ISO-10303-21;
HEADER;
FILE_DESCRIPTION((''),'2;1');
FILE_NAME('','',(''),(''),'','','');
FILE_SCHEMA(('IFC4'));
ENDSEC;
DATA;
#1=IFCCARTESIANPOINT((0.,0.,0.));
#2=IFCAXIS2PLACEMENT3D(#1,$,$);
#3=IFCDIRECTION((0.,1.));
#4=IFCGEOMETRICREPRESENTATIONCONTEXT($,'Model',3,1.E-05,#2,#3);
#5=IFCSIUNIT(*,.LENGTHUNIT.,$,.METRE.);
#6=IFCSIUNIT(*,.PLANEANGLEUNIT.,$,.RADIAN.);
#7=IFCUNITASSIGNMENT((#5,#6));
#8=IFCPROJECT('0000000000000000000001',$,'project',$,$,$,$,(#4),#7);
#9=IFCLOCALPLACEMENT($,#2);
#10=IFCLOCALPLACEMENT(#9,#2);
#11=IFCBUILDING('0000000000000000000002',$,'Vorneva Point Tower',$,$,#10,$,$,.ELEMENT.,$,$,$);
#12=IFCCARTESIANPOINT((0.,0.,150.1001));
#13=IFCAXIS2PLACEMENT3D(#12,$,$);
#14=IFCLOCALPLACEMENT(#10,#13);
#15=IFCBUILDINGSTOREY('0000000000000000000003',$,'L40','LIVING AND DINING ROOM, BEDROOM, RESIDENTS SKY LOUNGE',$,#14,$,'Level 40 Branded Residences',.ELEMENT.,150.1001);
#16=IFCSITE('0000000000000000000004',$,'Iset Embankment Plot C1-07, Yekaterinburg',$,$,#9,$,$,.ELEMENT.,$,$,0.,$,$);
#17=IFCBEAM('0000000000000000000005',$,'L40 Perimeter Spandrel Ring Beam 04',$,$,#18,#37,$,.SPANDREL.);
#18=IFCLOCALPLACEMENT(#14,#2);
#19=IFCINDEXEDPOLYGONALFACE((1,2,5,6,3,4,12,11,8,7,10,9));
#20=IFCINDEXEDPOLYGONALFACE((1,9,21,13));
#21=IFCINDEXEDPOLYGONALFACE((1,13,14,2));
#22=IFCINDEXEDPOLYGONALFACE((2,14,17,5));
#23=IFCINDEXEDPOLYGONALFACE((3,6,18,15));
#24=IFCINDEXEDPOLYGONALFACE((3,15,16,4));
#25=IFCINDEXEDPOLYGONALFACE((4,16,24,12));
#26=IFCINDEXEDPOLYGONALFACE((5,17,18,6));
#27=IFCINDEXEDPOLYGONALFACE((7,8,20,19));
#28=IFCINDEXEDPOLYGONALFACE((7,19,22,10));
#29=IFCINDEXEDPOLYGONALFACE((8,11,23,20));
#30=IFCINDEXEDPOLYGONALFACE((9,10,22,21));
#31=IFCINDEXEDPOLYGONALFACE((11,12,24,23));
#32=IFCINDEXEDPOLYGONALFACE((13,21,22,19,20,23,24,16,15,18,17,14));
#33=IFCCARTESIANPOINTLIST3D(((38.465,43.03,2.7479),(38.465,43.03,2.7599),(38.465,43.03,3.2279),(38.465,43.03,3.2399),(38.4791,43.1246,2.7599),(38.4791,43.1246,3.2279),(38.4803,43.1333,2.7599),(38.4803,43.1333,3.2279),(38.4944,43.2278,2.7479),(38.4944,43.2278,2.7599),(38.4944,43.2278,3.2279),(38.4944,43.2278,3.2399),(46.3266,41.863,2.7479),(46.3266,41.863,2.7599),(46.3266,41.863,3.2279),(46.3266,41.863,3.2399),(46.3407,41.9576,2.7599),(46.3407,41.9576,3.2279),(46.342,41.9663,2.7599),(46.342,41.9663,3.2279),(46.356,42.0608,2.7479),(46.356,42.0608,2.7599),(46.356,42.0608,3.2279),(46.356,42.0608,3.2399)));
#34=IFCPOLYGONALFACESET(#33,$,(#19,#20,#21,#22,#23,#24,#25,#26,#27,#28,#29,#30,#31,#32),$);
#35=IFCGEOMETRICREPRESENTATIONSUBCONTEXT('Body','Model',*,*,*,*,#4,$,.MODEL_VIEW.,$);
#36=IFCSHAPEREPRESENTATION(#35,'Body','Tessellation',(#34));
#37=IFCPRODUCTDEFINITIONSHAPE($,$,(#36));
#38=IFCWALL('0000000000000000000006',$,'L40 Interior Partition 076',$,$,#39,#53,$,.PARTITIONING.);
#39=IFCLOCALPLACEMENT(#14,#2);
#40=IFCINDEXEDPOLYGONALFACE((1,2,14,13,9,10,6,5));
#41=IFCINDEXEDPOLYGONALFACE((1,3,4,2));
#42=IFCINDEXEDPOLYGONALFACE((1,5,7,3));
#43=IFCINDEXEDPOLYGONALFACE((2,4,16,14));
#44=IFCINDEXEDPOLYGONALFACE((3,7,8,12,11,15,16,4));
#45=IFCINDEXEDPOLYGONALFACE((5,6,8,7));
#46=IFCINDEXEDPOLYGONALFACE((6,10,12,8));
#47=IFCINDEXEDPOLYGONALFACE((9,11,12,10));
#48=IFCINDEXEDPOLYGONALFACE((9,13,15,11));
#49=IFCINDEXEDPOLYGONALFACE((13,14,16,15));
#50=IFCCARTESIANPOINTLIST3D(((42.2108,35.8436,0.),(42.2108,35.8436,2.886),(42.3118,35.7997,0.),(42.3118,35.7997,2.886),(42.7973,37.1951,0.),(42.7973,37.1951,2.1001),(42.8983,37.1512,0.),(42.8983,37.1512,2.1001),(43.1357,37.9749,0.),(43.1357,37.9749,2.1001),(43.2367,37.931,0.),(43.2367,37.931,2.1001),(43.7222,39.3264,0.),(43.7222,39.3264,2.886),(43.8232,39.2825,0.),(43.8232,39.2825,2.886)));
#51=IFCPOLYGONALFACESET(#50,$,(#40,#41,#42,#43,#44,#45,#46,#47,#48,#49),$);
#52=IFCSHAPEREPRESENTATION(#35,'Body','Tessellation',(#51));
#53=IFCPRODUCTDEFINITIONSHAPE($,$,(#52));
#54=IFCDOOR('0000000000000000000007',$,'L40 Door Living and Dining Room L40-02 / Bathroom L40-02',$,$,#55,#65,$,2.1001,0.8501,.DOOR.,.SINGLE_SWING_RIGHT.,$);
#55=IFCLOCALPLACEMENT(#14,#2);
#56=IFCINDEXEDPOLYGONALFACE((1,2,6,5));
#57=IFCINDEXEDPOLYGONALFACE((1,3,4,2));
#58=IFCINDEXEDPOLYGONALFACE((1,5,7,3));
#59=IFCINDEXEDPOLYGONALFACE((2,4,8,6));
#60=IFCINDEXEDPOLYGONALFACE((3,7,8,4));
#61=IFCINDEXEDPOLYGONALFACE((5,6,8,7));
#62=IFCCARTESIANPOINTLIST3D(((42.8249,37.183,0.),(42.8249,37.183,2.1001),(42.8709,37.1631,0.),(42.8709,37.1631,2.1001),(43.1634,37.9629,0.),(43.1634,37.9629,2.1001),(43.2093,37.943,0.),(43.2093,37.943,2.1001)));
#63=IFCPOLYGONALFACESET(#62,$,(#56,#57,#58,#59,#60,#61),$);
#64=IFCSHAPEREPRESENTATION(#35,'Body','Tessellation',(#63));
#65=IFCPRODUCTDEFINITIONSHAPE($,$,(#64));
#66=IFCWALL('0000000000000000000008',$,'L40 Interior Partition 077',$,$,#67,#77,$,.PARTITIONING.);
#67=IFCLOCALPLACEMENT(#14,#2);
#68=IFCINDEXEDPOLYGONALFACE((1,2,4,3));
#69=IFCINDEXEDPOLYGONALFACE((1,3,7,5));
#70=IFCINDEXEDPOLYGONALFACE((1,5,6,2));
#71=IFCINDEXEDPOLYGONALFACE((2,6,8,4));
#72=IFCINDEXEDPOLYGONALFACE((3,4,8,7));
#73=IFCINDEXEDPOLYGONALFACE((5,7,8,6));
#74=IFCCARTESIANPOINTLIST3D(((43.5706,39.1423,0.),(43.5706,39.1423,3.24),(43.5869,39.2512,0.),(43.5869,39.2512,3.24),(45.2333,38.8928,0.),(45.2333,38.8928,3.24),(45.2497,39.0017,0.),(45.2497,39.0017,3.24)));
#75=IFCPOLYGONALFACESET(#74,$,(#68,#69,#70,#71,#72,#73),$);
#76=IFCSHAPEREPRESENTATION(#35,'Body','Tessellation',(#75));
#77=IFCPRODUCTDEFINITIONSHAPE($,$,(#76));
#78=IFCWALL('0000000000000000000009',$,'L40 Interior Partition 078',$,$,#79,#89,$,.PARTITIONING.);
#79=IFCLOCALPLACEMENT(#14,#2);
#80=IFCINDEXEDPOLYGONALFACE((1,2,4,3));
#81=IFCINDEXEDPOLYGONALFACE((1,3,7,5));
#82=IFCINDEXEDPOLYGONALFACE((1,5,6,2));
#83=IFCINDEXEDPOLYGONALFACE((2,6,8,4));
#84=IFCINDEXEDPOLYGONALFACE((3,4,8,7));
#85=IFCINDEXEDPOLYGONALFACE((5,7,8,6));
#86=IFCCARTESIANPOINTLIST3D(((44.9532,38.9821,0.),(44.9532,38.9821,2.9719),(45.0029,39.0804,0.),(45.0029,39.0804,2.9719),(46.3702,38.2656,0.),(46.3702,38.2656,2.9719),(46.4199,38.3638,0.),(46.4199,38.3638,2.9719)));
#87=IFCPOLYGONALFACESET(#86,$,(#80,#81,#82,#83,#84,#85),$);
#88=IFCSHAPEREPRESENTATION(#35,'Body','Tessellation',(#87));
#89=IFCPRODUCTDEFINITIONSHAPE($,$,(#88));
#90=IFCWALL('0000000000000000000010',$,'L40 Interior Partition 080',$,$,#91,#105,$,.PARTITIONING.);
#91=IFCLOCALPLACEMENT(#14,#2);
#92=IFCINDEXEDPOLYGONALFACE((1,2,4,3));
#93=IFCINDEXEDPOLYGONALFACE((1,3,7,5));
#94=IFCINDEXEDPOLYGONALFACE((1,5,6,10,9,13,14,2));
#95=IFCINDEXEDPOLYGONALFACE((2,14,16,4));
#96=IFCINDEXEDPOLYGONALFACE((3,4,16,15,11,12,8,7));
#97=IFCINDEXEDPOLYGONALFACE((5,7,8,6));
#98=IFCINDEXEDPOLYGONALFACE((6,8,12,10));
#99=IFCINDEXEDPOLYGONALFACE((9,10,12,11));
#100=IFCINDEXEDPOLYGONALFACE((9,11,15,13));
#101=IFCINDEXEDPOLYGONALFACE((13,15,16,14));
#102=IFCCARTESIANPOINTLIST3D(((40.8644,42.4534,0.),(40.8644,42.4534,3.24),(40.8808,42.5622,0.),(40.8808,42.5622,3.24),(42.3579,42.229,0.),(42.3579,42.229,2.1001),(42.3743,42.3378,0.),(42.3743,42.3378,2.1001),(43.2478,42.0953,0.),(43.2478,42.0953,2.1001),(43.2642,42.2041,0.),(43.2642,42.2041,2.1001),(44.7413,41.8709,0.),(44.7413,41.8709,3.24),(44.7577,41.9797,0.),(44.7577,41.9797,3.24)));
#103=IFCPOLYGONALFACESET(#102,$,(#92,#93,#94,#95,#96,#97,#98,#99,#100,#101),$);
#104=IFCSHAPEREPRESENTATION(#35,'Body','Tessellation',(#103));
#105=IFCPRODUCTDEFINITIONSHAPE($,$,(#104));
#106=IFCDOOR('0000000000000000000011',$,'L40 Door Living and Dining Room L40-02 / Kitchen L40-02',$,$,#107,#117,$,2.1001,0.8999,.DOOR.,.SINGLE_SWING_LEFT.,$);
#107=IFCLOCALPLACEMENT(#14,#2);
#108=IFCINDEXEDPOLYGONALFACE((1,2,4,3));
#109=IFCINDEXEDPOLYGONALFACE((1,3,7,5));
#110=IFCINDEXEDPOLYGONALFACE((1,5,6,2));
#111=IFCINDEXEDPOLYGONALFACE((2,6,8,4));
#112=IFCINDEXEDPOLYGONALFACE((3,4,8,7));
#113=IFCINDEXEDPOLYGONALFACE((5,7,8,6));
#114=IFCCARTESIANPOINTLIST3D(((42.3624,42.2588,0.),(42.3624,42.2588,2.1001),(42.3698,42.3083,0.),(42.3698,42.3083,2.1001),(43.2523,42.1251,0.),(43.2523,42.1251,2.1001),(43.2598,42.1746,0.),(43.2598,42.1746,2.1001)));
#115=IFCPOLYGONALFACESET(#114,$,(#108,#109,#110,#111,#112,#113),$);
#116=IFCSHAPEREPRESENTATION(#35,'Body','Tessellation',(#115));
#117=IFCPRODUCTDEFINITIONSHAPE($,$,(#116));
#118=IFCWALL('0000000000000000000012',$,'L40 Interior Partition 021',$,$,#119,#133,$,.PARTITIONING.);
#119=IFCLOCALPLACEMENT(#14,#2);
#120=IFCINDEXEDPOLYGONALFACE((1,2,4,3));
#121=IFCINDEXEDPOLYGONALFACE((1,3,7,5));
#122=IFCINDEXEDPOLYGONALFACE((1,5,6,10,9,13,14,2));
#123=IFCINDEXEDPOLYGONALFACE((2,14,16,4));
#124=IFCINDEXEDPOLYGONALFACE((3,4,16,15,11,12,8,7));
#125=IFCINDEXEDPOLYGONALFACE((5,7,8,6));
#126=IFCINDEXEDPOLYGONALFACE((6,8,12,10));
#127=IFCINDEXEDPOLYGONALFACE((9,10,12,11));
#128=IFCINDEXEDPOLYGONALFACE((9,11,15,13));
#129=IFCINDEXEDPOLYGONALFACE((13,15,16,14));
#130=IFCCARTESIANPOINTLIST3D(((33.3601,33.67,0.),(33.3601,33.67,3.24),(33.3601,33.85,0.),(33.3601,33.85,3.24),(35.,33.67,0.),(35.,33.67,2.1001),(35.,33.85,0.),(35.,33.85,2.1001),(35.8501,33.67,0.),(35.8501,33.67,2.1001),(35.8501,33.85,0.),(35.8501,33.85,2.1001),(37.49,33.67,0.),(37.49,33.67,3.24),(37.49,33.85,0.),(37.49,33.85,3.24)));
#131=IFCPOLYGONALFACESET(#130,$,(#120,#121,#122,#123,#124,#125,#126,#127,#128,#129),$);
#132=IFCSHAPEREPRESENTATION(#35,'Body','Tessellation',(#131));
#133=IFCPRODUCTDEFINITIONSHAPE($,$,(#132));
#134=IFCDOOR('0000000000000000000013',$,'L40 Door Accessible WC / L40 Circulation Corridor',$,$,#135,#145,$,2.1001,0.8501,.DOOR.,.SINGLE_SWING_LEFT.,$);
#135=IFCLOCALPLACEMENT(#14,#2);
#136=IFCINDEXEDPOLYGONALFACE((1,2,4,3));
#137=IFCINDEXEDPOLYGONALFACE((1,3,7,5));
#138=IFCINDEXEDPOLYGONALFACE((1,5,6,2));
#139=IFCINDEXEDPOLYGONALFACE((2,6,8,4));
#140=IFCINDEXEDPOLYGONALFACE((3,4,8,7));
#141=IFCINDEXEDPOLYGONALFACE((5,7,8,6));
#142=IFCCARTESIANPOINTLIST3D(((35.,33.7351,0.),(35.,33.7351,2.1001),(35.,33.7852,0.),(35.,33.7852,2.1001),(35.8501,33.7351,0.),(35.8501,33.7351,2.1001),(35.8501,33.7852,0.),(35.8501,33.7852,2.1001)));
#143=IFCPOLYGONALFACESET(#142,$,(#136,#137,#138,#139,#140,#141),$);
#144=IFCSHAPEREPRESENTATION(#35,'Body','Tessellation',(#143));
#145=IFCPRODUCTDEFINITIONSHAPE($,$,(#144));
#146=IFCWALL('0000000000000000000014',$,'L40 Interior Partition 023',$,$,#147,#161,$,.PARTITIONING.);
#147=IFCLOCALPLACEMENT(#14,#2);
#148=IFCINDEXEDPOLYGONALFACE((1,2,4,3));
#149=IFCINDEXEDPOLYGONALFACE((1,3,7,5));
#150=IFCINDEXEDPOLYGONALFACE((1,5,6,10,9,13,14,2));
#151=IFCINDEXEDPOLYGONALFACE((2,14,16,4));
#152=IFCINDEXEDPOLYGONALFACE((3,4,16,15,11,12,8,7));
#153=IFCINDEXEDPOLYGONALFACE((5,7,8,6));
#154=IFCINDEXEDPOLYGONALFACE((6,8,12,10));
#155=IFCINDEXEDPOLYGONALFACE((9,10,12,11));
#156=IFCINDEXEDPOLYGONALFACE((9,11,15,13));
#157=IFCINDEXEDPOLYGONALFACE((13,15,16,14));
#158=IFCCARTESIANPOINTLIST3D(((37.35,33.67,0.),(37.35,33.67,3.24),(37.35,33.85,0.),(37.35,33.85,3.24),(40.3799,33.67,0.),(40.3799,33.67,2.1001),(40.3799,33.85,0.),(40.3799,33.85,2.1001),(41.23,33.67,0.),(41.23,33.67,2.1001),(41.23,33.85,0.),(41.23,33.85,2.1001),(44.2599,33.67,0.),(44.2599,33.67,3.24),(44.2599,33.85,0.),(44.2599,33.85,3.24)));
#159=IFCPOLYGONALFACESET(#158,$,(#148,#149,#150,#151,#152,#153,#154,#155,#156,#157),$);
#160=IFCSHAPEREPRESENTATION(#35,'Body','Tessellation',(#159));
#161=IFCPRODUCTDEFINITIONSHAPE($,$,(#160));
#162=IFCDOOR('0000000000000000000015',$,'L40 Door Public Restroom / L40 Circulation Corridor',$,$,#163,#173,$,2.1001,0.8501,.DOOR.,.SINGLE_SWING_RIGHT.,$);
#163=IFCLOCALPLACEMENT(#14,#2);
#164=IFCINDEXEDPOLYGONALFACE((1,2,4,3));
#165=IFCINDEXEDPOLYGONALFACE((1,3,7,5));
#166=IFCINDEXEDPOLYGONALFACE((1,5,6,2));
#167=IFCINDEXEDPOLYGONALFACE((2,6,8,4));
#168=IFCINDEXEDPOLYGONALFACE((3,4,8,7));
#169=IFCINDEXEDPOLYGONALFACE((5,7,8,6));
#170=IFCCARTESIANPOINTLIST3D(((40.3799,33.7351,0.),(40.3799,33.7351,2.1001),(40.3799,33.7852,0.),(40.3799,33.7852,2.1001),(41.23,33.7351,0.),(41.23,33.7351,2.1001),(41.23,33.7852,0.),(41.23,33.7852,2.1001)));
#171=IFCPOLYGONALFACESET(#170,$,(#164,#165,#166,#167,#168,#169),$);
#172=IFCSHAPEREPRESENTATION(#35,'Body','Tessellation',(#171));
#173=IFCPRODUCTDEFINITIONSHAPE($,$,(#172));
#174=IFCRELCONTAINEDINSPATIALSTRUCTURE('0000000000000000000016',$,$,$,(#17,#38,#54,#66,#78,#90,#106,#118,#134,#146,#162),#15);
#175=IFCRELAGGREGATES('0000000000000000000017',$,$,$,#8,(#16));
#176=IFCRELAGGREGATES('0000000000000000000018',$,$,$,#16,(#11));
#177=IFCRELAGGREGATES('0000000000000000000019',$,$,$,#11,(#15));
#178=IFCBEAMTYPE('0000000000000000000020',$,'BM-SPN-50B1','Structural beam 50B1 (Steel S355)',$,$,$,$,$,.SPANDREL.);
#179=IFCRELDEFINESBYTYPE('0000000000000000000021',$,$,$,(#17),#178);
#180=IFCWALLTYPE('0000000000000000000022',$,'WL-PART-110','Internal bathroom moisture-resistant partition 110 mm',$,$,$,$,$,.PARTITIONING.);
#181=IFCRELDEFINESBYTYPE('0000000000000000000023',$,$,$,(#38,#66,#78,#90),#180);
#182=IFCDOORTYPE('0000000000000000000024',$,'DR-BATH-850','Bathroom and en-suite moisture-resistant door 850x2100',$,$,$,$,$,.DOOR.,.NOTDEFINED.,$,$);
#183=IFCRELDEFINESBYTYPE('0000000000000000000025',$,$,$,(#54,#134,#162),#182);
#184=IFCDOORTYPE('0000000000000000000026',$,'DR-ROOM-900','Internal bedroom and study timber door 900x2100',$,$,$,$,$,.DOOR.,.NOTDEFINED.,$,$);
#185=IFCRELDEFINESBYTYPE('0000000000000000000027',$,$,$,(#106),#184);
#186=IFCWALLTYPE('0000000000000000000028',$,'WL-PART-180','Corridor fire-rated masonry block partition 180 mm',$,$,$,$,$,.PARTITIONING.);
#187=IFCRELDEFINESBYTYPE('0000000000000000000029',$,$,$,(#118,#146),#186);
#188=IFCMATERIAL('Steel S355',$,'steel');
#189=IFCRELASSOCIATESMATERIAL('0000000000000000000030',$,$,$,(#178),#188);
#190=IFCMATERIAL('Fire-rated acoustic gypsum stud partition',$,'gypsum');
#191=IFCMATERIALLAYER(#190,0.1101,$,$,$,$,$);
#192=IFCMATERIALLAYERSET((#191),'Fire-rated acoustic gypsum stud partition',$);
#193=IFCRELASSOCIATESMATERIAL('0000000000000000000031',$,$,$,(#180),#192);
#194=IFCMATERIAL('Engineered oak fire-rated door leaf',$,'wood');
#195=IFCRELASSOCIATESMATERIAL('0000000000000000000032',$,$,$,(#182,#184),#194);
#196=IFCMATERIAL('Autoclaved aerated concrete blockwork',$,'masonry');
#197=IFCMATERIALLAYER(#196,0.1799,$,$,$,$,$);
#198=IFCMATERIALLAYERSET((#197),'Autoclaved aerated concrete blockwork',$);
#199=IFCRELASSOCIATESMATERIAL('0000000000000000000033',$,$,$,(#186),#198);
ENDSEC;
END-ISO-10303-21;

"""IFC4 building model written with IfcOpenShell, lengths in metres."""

from ifc_helpers import new_model, si_unit, direction, frame, frame_2d, origin, origin_2d, place, context, subcontext, project, spatial, rectangle, i_section, extrude, material, layer, layer_set, material_profile, profile_set, type_object, element, fill, save


model = new_model("IFC4")

# Units and contexts
model_context = context("Model", 3, precision=1e-05, world=origin(), true_north=direction((0.0, 1.0)))
body_context = subcontext(model_context, "Body", "Model", "MODEL_VIEW")
ifc_project = project(units=[si_unit("LENGTHUNIT", "METRE"), si_unit("PLANEANGLEUNIT", "RADIAN")], contexts=[model_context])

# Site, building, storey
site_placement = place(None, origin())
site = spatial("IfcSite", under=ifc_project, at=site_placement, Name="Iset Embankment Plot C1-07, Yekaterinburg", CompositionType="ELEMENT", RefElevation=0.0)
building_placement = place(site_placement, origin())
building = spatial("IfcBuilding", under=site, at=building_placement, Name="Vorneva Point Tower", CompositionType="ELEMENT")
storey_placement = place(building_placement, frame((0.0, 0.0, 150.1001)))
storey = spatial("IfcBuildingStorey", under=building, at=storey_placement, Name="L40", Description="LIVING AND DINING ROOM, BEDROOM, RESIDENTS SKY LOUNGE", LongName="Level 40 Branded Residences", CompositionType="ELEMENT", Elevation=150.1001)

# Beam
ifc_material_1 = material(Name="Steel S355", Category="steel")
ifc_material_profile_1 = material_profile(ifc_material_1, i_section(OverallWidth=0.2, OverallDepth=0.4919, WebThickness=0.0088, FlangeThickness=0.012, at=origin_2d()), Name="50B1")
ifc_profile_set_1 = profile_set([ifc_material_profile_1], Name="Steel S355")
beam_type = type_object("IfcBeamType", Name="BM-SPN-50B1", Description="Structural beam 50B1 (Steel S355)", PredefinedType="SPANDREL", material=ifc_profile_set_1)
beam_placement = place(storey_placement, frame((46.3413, 41.9619, 2.9939), z_axis=(-0.989161, 0.146834, 0.0), x_axis=(-0.146834, -0.989161, 0.0)))
element("IfcBeam", 1, at=beam_placement, inside=storey, type_object=beam_type, Name="L40 Perimeter Spandrel Ring Beam 04", PredefinedType="SPANDREL", context=body_context, shape_type="SweptSolid", body=[
    extrude(i_section(OverallWidth=0.2, OverallDepth=0.4919, WebThickness=0.0088, FlangeThickness=0.012, at=origin_2d()), origin(), (0.0, 0.0, 1.0), 7.9478),
])

# Wall, opening, door
ifc_material_2 = material(Name="Fire-rated acoustic gypsum stud partition", Category="gypsum")
ifc_layer_1 = layer(ifc_material_2, 0.1101)
ifc_layer_set_1 = layer_set([ifc_layer_1], Name="Fire-rated acoustic gypsum stud partition")
wall_type_1 = type_object("IfcWallType", Name="WL-PART-110", Description="Internal bathroom moisture-resistant partition 110 mm", PredefinedType="PARTITIONING", material=ifc_layer_set_1)
wall_1_placement = place(storey_placement, frame((42.2612, 35.8215, 0.0), z_axis=(0.0, 0.0, 1.0), x_axis=(0.398098, 0.917343, 0.0)))
wall_1 = element("IfcWall", 2, at=wall_1_placement, inside=storey, type_object=wall_type_1, Name="L40 Interior Partition 076", PredefinedType="PARTITIONING", context=body_context, shape_type="SweptSolid", body=[
    extrude(rectangle(XDim=3.7966, YDim=0.1101, at=frame_2d((1.8984, 0.0))), origin(), (0.0, 0.0, 1.0), 2.886),
])
opening_1_placement = place(wall_1_placement, frame((1.4734, 0.0, 0.0)))
opening_1 = element("IfcOpeningElement", 3, at=opening_1_placement, cuts=wall_1, PredefinedType="OPENING", context=body_context, shape_type="SweptSolid", body=[
    extrude(rectangle(XDim=0.8501, YDim=2.1001, at=frame_2d((0.425, 1.05))), frame((0.0, 0.0698, 0.0), z_axis=(0.0, -1.0, 0.0), x_axis=(1.0, 0.0, 0.0)), (0.0, 0.0, 1.0), 0.1399),
])
ifc_material_3 = material(Name="Engineered oak fire-rated door leaf", Category="wood")
door_type_1 = type_object("IfcDoorType", Name="DR-BATH-850", Description="Bathroom and en-suite moisture-resistant door 850x2100", OperationType="NOTDEFINED", PredefinedType="DOOR", material=ifc_material_3)
door_1_placement = place(opening_1_placement, origin())
door_1 = element("IfcDoor", 4, at=door_1_placement, inside=storey, type_object=door_type_1, Name="L40 Door Living and Dining Room L40-02 / Bathroom L40-02", OperationType="SINGLE_SWING_RIGHT", OverallHeight=2.1001, OverallWidth=0.8501, PredefinedType="DOOR", context=body_context, shape_type="SweptSolid", body=[
    extrude(rectangle(XDim=0.8501, YDim=2.1001, at=frame_2d((0.425, 1.05))), frame((0.0, 0.0249, 0.0), z_axis=(0.0, -1.0, 0.0), x_axis=(1.0, 0.0, 0.0)), (0.0, 0.0, 1.0), 0.05),
])
fill(opening_1, door_1)

# Walls
wall_2_placement = place(storey_placement, frame((43.5786, 39.1968, 0.0), z_axis=(0.0, 0.0, 1.0), x_axis=(0.988929, -0.14839, 0.0)))
element("IfcWall", 5, at=wall_2_placement, inside=storey, type_object=wall_type_1, Name="L40 Interior Partition 077", PredefinedType="PARTITIONING", context=body_context, shape_type="SweptSolid", body=[
    extrude(rectangle(XDim=1.6814, YDim=0.1101, at=frame_2d((0.8408, 0.0))), origin(), (0.0, 0.0, 1.0), 3.24),
])
wall_3_placement = place(storey_placement, frame((44.978, 39.0312, 0.0), z_axis=(0.0, 0.0, 1.0), x_axis=(0.892388, -0.451268, 0.0)))
element("IfcWall", 6, at=wall_3_placement, inside=storey, type_object=wall_type_1, Name="L40 Interior Partition 078", PredefinedType="PARTITIONING", context=body_context, shape_type="SweptSolid", body=[
    extrude(rectangle(XDim=1.5879, YDim=0.1101, at=frame_2d((0.7939, 0.0))), origin(), (0.0, 0.0, 1.0), 2.9719),
])

# Walls, openings, doors
wall_4_placement = place(storey_placement, frame((44.7495, 41.9253, 0.0), z_axis=(0.0, 0.0, 1.0), x_axis=(-0.9889, 0.148584, 0.0)))
wall_4 = element("IfcWall", 7, at=wall_4_placement, inside=storey, type_object=wall_type_1, Name="L40 Interior Partition 080", PredefinedType="PARTITIONING", context=body_context, shape_type="SweptSolid", body=[
    extrude(rectangle(XDim=3.9204, YDim=0.1101, at=frame_2d((1.9602, 0.0))), origin(), (0.0, 0.0, 1.0), 3.24),
])
opening_2_placement = place(wall_4_placement, frame((1.5103, 0.0, 0.0)))
opening_2 = element("IfcOpeningElement", 8, at=opening_2_placement, cuts=wall_4, PredefinedType="OPENING", context=body_context, shape_type="SweptSolid", body=[
    extrude(rectangle(XDim=0.8999, YDim=2.1001, at=frame_2d((0.45, 1.05))), frame((0.0, 0.0698, 0.0), z_axis=(0.0, -1.0, 0.0), x_axis=(1.0, 0.0, 0.0)), (0.0, 0.0, 1.0), 0.1399),
])
door_type_2 = type_object("IfcDoorType", Name="DR-ROOM-900", Description="Internal bedroom and study timber door 900x2100", OperationType="NOTDEFINED", PredefinedType="DOOR", material=ifc_material_3)
door_2_placement = place(opening_2_placement, origin())
door_2 = element("IfcDoor", 9, at=door_2_placement, inside=storey, type_object=door_type_2, Name="L40 Door Living and Dining Room L40-02 / Kitchen L40-02", OperationType="SINGLE_SWING_LEFT", OverallHeight=2.1001, OverallWidth=0.8999, PredefinedType="DOOR", context=body_context, shape_type="SweptSolid", body=[
    extrude(rectangle(XDim=0.8999, YDim=2.1001, at=frame_2d((0.45, 1.05))), frame((0.0, 0.0249, 0.0), z_axis=(0.0, -1.0, 0.0), x_axis=(1.0, 0.0, 0.0)), (0.0, 0.0, 1.0), 0.05),
])
fill(opening_2, door_2)
ifc_material_4 = material(Name="Autoclaved aerated concrete blockwork", Category="masonry")
ifc_layer_2 = layer(ifc_material_4, 0.1799)
ifc_layer_set_2 = layer_set([ifc_layer_2], Name="Autoclaved aerated concrete blockwork")
wall_type_2 = type_object("IfcWallType", Name="WL-PART-180", Description="Corridor fire-rated masonry block partition 180 mm", PredefinedType="PARTITIONING", material=ifc_layer_set_2)
wall_5_placement = place(storey_placement, frame((37.49, 33.76, 0.0), z_axis=(0.0, 0.0, 1.0), x_axis=(-1.0, 0.0, 0.0)))
wall_5 = element("IfcWall", 10, at=wall_5_placement, inside=storey, type_object=wall_type_2, Name="L40 Interior Partition 021", PredefinedType="PARTITIONING", context=body_context, shape_type="SweptSolid", body=[
    extrude(rectangle(XDim=4.1299, YDim=0.1799, at=frame_2d((2.0649, 0.0))), origin(), (0.0, 0.0, 1.0), 3.24),
])
opening_3_placement = place(wall_5_placement, frame((1.6399, 0.0, 0.0)))
opening_3 = element("IfcOpeningElement", 11, at=opening_3_placement, cuts=wall_5, PredefinedType="OPENING", context=body_context, shape_type="SweptSolid", body=[
    extrude(rectangle(XDim=0.8501, YDim=2.1001, at=frame_2d((0.425, 1.05))), frame((0.0, 0.105, 0.0), z_axis=(0.0, -1.0, 0.0), x_axis=(1.0, 0.0, 0.0)), (0.0, 0.0, 1.0), 0.2097),
])
door_3_placement = place(opening_3_placement, origin())
door_3 = element("IfcDoor", 12, at=door_3_placement, inside=storey, type_object=door_type_1, Name="L40 Door Accessible WC / L40 Circulation Corridor", OperationType="SINGLE_SWING_LEFT", OverallHeight=2.1001, OverallWidth=0.8501, PredefinedType="DOOR", context=body_context, shape_type="SweptSolid", body=[
    extrude(rectangle(XDim=0.8501, YDim=2.1001, at=frame_2d((0.425, 1.05))), frame((0.0, 0.0249, 0.0), z_axis=(0.0, -1.0, 0.0), x_axis=(1.0, 0.0, 0.0)), (0.0, 0.0, 1.0), 0.05),
])
fill(opening_3, door_3)
wall_6_placement = place(storey_placement, frame((44.26, 33.76, 0.0), z_axis=(0.0, 0.0, 1.0), x_axis=(-1.0, 0.0, 0.0)))
wall_6 = element("IfcWall", 13, at=wall_6_placement, inside=storey, type_object=wall_type_2, Name="L40 Interior Partition 023", PredefinedType="PARTITIONING", context=body_context, shape_type="SweptSolid", body=[
    extrude(rectangle(XDim=6.9099, YDim=0.1799, at=frame_2d((3.4551, 0.0))), origin(), (0.0, 0.0, 1.0), 3.24),
])
opening_4_placement = place(wall_6_placement, frame((3.03, 0.0, 0.0)))
opening_4 = element("IfcOpeningElement", 14, at=opening_4_placement, cuts=wall_6, PredefinedType="OPENING", context=body_context, shape_type="SweptSolid", body=[
    extrude(rectangle(XDim=0.8501, YDim=2.1001, at=frame_2d((0.425, 1.05))), frame((0.0, 0.105, 0.0), z_axis=(0.0, -1.0, 0.0), x_axis=(1.0, 0.0, 0.0)), (0.0, 0.0, 1.0), 0.2097),
])
door_4_placement = place(opening_4_placement, origin())
door_4 = element("IfcDoor", 15, at=door_4_placement, inside=storey, type_object=door_type_1, Name="L40 Door Public Restroom / L40 Circulation Corridor", OperationType="SINGLE_SWING_RIGHT", OverallHeight=2.1001, OverallWidth=0.8501, PredefinedType="DOOR", context=body_context, shape_type="SweptSolid", body=[
    extrude(rectangle(XDim=0.8501, YDim=2.1001, at=frame_2d((0.425, 1.05))), frame((0.0, 0.0249, 0.0), z_axis=(0.0, -1.0, 0.0), x_axis=(1.0, 0.0, 0.0)), (0.0, 0.0, 1.0), 0.05),
])
fill(opening_4, door_4)

save(model, "model.ifc")
